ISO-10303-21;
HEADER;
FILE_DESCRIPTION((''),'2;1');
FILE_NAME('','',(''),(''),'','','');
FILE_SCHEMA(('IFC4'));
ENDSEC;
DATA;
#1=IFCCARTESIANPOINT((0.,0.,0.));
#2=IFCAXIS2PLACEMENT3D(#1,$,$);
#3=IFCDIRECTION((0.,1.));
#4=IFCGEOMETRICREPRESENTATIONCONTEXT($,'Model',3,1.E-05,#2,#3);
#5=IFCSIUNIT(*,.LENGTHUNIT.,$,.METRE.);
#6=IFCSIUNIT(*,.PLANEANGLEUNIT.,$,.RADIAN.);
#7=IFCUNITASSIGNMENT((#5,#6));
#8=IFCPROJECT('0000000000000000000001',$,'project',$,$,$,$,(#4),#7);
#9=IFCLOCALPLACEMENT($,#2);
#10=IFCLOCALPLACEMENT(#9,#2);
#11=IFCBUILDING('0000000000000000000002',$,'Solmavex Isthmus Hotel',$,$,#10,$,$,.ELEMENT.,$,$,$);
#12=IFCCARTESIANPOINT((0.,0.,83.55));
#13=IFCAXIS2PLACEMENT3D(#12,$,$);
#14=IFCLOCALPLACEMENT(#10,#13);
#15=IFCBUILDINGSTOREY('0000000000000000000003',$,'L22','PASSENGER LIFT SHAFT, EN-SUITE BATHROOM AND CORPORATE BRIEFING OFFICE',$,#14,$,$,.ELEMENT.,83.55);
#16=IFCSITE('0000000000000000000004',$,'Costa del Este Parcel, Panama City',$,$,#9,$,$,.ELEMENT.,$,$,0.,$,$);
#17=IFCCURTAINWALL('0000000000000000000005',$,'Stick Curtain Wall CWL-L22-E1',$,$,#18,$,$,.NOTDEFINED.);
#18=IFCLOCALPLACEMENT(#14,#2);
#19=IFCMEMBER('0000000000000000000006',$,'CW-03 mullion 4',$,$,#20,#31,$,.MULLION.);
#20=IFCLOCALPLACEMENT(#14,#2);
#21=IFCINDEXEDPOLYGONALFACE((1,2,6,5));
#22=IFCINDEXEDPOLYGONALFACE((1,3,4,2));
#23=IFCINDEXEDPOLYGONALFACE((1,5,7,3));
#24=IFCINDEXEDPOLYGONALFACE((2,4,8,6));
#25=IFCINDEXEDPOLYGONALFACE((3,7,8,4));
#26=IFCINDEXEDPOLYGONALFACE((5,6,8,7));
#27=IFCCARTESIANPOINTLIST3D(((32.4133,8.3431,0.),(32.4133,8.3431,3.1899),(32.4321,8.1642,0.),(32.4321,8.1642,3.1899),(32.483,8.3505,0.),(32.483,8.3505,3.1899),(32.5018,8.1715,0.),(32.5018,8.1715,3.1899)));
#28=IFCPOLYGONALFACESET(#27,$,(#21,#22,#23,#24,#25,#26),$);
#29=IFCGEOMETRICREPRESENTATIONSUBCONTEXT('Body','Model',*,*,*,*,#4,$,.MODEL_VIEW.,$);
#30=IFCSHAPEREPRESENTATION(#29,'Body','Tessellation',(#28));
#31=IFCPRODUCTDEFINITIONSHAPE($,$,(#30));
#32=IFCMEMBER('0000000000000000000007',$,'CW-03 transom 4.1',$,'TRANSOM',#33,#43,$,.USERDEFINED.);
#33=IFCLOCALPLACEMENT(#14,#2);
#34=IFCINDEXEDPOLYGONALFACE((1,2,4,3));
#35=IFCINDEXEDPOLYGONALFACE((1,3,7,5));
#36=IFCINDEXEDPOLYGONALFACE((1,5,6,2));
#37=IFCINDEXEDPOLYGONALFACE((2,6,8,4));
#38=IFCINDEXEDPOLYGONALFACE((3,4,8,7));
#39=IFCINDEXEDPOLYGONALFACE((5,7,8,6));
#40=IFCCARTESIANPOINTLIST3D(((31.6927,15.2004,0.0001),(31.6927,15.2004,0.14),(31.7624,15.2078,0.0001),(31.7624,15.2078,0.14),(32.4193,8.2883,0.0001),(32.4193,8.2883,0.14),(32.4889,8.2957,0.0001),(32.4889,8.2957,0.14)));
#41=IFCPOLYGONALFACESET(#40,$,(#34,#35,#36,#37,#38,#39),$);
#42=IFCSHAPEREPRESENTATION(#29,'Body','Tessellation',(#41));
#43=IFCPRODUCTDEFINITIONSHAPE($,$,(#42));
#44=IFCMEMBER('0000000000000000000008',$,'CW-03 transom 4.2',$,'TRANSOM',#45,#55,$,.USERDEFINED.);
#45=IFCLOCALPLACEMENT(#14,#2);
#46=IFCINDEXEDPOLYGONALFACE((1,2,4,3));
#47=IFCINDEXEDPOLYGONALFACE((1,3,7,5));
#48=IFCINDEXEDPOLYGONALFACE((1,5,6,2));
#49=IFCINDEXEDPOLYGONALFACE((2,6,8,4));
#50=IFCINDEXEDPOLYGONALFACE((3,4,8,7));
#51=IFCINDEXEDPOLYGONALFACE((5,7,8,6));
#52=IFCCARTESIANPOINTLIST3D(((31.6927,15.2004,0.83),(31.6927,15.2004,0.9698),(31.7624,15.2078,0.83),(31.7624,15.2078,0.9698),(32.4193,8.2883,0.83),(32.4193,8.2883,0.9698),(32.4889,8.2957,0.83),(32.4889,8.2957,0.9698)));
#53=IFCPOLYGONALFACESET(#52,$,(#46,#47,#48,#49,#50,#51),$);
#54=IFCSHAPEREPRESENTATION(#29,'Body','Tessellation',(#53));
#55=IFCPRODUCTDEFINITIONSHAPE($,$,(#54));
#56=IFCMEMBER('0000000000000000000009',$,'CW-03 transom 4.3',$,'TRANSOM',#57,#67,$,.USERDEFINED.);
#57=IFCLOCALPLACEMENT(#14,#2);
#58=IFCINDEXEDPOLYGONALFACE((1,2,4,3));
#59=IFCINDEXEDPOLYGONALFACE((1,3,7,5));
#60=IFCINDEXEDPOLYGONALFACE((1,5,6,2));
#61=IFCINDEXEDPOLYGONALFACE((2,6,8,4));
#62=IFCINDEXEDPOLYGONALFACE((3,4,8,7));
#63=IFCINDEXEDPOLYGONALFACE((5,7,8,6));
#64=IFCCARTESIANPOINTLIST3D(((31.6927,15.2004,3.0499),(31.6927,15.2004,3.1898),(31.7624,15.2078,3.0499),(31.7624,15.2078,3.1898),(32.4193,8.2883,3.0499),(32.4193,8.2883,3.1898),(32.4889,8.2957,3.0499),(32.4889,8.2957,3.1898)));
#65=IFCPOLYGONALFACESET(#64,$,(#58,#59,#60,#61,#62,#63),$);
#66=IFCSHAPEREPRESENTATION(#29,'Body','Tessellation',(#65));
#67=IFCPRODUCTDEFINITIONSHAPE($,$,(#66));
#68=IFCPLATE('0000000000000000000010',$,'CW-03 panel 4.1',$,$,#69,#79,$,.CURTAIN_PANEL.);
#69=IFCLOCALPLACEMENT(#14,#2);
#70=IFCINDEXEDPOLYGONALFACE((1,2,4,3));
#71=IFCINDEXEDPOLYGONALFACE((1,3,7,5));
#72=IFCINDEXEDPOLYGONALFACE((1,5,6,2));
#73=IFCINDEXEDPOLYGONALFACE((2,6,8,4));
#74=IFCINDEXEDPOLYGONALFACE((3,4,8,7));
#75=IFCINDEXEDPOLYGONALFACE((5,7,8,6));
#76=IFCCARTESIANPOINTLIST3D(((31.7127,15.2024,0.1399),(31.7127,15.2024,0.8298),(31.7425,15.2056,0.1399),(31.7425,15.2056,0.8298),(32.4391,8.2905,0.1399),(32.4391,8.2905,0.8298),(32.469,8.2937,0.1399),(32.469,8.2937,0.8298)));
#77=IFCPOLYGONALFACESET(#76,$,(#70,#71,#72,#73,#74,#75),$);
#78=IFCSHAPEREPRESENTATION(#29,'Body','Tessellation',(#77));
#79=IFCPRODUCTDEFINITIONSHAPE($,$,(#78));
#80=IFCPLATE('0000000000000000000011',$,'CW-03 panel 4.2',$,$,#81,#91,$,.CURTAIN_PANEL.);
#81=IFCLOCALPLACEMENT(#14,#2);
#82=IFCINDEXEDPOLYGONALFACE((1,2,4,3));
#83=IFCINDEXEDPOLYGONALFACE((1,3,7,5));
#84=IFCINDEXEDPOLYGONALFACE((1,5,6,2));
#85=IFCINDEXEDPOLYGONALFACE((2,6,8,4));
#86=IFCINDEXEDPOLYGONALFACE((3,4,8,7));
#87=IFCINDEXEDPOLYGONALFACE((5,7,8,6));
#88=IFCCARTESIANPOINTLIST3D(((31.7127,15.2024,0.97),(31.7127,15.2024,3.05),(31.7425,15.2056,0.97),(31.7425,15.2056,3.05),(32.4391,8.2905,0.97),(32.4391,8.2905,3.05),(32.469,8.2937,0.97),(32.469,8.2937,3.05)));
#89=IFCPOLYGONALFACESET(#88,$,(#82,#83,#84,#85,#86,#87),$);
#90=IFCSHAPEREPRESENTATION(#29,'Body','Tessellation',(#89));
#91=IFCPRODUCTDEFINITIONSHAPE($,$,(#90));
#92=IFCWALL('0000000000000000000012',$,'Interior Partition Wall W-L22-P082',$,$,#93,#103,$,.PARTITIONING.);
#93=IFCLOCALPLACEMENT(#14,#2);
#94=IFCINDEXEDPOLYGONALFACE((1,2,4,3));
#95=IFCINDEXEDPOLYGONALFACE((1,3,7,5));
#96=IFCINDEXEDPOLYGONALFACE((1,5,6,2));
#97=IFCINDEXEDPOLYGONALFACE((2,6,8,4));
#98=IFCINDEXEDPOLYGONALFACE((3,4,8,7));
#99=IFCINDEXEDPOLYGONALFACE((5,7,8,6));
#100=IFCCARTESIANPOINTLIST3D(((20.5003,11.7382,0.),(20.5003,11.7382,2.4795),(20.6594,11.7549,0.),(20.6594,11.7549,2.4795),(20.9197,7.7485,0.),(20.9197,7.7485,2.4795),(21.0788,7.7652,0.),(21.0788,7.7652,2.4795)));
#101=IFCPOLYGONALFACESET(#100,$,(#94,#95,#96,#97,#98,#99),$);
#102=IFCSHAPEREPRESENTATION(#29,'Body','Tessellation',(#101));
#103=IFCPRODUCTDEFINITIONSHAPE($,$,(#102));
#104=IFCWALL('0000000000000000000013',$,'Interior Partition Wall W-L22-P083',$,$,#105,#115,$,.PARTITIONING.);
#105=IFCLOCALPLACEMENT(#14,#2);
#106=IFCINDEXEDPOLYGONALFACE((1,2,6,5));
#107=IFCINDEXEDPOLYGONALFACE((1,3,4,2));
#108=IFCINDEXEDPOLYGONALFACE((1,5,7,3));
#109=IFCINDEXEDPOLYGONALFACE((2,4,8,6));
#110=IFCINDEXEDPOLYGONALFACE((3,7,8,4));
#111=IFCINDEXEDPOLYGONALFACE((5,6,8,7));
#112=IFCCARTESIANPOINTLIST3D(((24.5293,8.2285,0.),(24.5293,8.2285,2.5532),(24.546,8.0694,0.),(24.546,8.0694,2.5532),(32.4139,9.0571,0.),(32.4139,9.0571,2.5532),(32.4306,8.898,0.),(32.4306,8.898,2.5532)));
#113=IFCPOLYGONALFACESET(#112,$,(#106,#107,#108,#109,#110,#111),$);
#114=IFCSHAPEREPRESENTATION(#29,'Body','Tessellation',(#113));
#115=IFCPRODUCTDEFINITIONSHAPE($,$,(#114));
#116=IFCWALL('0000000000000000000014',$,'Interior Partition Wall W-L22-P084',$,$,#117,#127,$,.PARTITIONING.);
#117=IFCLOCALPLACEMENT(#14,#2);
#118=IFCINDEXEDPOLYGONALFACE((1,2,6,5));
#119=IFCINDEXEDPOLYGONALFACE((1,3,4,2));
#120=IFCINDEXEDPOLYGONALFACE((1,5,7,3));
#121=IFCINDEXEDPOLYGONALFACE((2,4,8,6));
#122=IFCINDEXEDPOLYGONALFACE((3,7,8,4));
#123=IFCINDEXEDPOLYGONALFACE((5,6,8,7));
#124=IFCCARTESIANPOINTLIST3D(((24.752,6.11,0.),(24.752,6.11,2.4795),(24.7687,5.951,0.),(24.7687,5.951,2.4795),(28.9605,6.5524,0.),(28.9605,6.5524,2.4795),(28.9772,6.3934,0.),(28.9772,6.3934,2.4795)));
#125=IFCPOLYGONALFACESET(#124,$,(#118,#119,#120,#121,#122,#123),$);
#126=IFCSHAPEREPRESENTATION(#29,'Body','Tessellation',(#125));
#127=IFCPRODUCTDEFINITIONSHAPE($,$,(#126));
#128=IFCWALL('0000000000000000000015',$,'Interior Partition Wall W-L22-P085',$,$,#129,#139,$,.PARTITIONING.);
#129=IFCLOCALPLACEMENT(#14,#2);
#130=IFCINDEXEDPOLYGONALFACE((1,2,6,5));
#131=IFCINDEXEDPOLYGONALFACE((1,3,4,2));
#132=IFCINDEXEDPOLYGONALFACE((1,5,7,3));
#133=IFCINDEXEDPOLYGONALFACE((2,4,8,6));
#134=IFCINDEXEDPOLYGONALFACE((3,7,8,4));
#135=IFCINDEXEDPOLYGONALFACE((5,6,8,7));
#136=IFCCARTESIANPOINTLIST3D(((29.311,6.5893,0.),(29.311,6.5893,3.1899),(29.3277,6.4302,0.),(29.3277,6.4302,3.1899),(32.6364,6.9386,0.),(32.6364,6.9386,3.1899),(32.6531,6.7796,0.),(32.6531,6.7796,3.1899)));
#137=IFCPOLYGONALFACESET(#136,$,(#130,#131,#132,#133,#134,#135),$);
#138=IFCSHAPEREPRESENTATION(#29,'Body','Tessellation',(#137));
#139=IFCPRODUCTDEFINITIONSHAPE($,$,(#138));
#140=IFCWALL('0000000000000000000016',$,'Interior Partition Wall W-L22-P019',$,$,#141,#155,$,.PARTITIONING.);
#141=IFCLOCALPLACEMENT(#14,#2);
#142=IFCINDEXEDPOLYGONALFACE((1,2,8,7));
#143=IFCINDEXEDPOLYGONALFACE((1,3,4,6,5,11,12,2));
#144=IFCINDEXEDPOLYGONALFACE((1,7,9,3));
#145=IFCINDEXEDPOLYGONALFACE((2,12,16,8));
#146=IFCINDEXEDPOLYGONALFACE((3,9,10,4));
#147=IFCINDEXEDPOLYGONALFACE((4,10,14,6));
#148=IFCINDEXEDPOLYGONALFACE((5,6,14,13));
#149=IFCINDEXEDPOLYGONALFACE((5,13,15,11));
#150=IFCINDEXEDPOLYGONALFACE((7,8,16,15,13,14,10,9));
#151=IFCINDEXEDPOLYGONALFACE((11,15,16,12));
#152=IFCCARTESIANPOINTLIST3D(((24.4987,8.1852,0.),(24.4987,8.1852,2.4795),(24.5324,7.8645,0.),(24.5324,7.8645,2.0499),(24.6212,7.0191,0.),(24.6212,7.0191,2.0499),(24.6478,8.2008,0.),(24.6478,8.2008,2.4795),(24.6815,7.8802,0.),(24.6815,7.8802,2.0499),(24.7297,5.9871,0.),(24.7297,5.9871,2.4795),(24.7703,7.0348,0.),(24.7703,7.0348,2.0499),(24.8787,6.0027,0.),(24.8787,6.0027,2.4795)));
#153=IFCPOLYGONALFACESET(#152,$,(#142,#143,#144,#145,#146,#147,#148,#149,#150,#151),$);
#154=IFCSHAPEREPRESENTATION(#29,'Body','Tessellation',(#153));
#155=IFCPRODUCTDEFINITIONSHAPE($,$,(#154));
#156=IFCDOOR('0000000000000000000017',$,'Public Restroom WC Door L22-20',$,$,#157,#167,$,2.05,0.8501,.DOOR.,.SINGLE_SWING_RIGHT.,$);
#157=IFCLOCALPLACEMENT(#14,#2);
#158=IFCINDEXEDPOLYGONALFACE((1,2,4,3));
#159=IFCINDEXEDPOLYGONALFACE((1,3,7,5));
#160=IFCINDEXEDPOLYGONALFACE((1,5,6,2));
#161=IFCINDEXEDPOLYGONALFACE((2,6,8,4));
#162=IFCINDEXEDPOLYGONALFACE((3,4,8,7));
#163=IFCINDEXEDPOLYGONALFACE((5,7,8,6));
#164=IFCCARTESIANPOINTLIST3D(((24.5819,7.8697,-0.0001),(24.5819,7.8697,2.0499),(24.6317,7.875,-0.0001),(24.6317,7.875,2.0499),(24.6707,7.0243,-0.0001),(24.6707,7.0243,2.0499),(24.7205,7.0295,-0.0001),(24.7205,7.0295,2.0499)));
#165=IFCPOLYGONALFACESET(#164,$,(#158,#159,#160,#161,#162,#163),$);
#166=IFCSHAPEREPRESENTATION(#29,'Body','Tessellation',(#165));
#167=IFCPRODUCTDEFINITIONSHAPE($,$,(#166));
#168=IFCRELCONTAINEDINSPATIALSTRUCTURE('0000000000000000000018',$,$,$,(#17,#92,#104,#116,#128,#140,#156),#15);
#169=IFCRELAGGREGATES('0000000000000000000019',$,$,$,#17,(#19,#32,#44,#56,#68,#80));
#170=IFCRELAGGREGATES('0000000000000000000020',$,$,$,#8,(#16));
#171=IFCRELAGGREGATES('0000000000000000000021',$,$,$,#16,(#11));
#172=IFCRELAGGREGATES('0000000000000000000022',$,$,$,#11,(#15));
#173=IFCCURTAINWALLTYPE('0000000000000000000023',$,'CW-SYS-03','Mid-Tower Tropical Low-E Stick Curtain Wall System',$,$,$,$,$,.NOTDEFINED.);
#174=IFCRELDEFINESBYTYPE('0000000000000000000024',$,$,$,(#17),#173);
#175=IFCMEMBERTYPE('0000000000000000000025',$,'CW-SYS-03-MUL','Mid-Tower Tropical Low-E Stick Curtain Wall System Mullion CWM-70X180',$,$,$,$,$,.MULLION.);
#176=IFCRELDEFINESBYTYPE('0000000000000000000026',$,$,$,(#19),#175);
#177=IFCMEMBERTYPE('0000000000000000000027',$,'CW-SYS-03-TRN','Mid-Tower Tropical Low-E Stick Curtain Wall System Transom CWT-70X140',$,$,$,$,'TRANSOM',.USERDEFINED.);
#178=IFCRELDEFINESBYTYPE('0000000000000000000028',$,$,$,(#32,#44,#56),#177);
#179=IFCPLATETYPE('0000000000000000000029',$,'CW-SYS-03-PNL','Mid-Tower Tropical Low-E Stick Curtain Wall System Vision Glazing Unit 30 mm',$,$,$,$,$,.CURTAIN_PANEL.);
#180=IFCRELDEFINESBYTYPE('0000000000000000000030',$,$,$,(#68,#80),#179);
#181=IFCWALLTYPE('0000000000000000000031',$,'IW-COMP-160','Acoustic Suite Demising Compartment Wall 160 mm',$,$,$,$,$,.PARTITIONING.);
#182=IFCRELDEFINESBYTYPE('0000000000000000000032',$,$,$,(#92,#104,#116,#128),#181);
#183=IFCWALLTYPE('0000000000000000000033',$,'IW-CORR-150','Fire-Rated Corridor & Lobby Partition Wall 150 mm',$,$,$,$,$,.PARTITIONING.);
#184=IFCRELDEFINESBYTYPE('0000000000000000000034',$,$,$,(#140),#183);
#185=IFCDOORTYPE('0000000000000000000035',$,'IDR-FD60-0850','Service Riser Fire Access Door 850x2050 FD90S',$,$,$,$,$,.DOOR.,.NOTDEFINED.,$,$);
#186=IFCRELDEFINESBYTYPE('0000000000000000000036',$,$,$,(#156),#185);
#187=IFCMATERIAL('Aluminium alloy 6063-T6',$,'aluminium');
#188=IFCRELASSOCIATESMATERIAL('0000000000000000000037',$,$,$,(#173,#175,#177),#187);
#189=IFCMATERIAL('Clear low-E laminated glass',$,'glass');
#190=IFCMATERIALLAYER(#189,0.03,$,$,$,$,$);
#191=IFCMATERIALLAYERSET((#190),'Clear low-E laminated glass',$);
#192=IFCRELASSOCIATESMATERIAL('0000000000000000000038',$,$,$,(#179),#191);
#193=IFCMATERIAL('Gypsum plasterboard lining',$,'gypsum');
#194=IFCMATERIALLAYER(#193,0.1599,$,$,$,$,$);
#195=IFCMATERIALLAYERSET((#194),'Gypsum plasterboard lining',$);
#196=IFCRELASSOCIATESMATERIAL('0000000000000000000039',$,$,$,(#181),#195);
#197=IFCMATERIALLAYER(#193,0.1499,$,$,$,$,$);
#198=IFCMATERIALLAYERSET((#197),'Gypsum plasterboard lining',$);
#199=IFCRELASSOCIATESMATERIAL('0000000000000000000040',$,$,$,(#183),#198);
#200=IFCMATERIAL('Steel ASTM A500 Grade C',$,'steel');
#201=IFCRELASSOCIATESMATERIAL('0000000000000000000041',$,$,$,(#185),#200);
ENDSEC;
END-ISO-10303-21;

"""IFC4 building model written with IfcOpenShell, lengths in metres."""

from ifc_helpers import new_model, si_unit, direction, frame, frame_2d, origin, origin_2d, place, context, subcontext, project, spatial, rectangle, extrude, material, layer, layer_set, material_profile, profile_set, type_object, element, fill, aggregate, save


model = new_model("IFC4")

# Units and contexts
model_context = context("Model", 3, precision=1e-05, world=origin(), true_north=direction((0.0, 1.0)))
body_context = subcontext(model_context, "Body", "Model", "MODEL_VIEW")
ifc_project = project(units=[si_unit("LENGTHUNIT", "METRE"), si_unit("PLANEANGLEUNIT", "RADIAN")], contexts=[model_context])

# Site, building, storey
site_placement = place(None, origin())
site = spatial("IfcSite", under=ifc_project, at=site_placement, Name="Costa del Este Parcel, Panama City", CompositionType="ELEMENT", RefElevation=0.0)
building_placement = place(site_placement, origin())
building = spatial("IfcBuilding", under=site, at=building_placement, Name="Solmavex Isthmus Hotel", CompositionType="ELEMENT")
storey_placement = place(building_placement, frame((0.0, 0.0, 83.55)))
storey = spatial("IfcBuildingStorey", under=building, at=storey_placement, Name="L22", Description="PASSENGER LIFT SHAFT, EN-SUITE BATHROOM AND CORPORATE BRIEFING OFFICE", CompositionType="ELEMENT", Elevation=83.55)

# Curtain wall, members, plates
ifc_material_1 = material(Name="Aluminium alloy 6063-T6", Category="aluminium")
curtain_wall_type = type_object("IfcCurtainWallType", Name="CW-SYS-03", Description="Mid-Tower Tropical Low-E Stick Curtain Wall System", PredefinedType="NOTDEFINED", material=ifc_material_1)
curtain_wall_placement = place(storey_placement, origin())
curtain_wall = element("IfcCurtainWall", 1, at=curtain_wall_placement, inside=storey, type_object=curtain_wall_type, Name="Stick Curtain Wall CWL-L22-E1", PredefinedType="NOTDEFINED")
ifc_material_profile_1 = material_profile(ifc_material_1, rectangle(XDim=0.0701, YDim=0.1799, at=origin_2d()), Name="CWM-70X180")
ifc_profile_set_1 = profile_set([ifc_material_profile_1], Name="Aluminium alloy 6063-T6")
member_type_1 = type_object("IfcMemberType", Name="CW-SYS-03-MUL", Description="Mid-Tower Tropical Low-E Stick Curtain Wall System Mullion CWM-70X180", PredefinedType="MULLION", material=ifc_profile_set_1)
member_1_placement = place(storey_placement, frame((32.4575, 8.2573, 0.0), z_axis=(0.0, 0.0, 1.0), x_axis=(-0.994522, -0.104528, 0.0)))
member_1 = element("IfcMember", 2, at=member_1_placement, type_object=member_type_1, Name="CW-03 mullion 4", PredefinedType="MULLION", context=body_context, shape_type="SweptSolid", body=[
    extrude(rectangle(XDim=0.0701, YDim=0.1799, at=origin_2d()), origin(), (0.0, 0.0, 1.0), 3.1899),
])
ifc_material_profile_2 = material_profile(ifc_material_1, rectangle(XDim=0.0701, YDim=0.1399, at=origin_2d()), Name="CWT-70X140")
ifc_profile_set_2 = profile_set([ifc_material_profile_2], Name="Aluminium alloy 6063-T6")
member_type_2 = type_object("IfcMemberType", Name="CW-SYS-03-TRN", Description="Mid-Tower Tropical Low-E Stick Curtain Wall System Transom CWT-70X140", ElementType="TRANSOM", PredefinedType="USERDEFINED", material=ifc_profile_set_2)
member_2_placement = place(storey_placement, frame((32.4541, 8.292, 0.0701), z_axis=(-0.104539, 0.994521, 0.0), x_axis=(-0.994521, -0.104539, 0.0)))
member_2 = element("IfcMember", 3, at=member_2_placement, type_object=member_type_2, Name="CW-03 transom 4.1", ObjectType="TRANSOM", PredefinedType="USERDEFINED", context=body_context, shape_type="SweptSolid", body=[
    extrude(rectangle(XDim=0.0701, YDim=0.1399, at=origin_2d()), origin(), (0.0, 0.0, 1.0), 6.9502),
])
member_3_placement = place(storey_placement, frame((32.4541, 8.292, 0.8999), z_axis=(-0.104539, 0.994521, 0.0), x_axis=(-0.994521, -0.104539, 0.0)))
member_3 = element("IfcMember", 4, at=member_3_placement, type_object=member_type_2, Name="CW-03 transom 4.2", ObjectType="TRANSOM", PredefinedType="USERDEFINED", context=body_context, shape_type="SweptSolid", body=[
    extrude(rectangle(XDim=0.0701, YDim=0.1399, at=origin_2d()), origin(), (0.0, 0.0, 1.0), 6.9502),
])
member_4_placement = place(storey_placement, frame((32.4541, 8.292, 3.1199), z_axis=(-0.104539, 0.994521, 0.0), x_axis=(-0.994521, -0.104539, 0.0)))
member_4 = element("IfcMember", 5, at=member_4_placement, type_object=member_type_2, Name="CW-03 transom 4.3", ObjectType="TRANSOM", PredefinedType="USERDEFINED", context=body_context, shape_type="SweptSolid", body=[
    extrude(rectangle(XDim=0.0701, YDim=0.1399, at=origin_2d()), origin(), (0.0, 0.0, 1.0), 6.9502),
])
ifc_material_2 = material(Name="Clear low-E laminated glass", Category="glass")
ifc_layer_1 = layer(ifc_material_2, 0.03)
ifc_layer_set_1 = layer_set([ifc_layer_1], Name="Clear low-E laminated glass")
plate_type = type_object("IfcPlateType", Name="CW-SYS-03-PNL", Description="Mid-Tower Tropical Low-E Stick Curtain Wall System Vision Glazing Unit 30 mm", PredefinedType="CURTAIN_PANEL", material=ifc_layer_set_1)
plate_1_placement = place(storey_placement, frame((32.0908, 11.748, 0.1399), z_axis=(0.0, 0.0, 1.0), x_axis=(-0.104528, 0.994522, 0.0)))
plate_1 = element("IfcPlate", 6, at=plate_1_placement, type_object=plate_type, Name="CW-03 panel 4.1", PredefinedType="CURTAIN_PANEL", context=body_context, shape_type="SweptSolid", body=[
    extrude(rectangle(XDim=6.95, YDim=0.03, at=origin_2d()), origin(), (0.0, 0.0, 1.0), 0.6899),
])
plate_2_placement = place(storey_placement, frame((32.0908, 11.748, 0.97), z_axis=(0.0, 0.0, 1.0), x_axis=(-0.104528, 0.994522, 0.0)))
plate_2 = element("IfcPlate", 7, at=plate_2_placement, type_object=plate_type, Name="CW-03 panel 4.2", PredefinedType="CURTAIN_PANEL", context=body_context, shape_type="SweptSolid", body=[
    extrude(rectangle(XDim=6.95, YDim=0.03, at=origin_2d()), origin(), (0.0, 0.0, 1.0), 2.0801),
])
aggregate(curtain_wall, [member_1, member_2, member_3, member_4, plate_1, plate_2])

# Walls
ifc_material_3 = material(Name="Gypsum plasterboard lining", Category="gypsum")
ifc_layer_2 = layer(ifc_material_3, 0.1599)
ifc_layer_set_2 = layer_set([ifc_layer_2], Name="Gypsum plasterboard lining")
wall_type_1 = type_object("IfcWallType", Name="IW-COMP-160", Description="Acoustic Suite Demising Compartment Wall 160 mm", PredefinedType="PARTITIONING", material=ifc_layer_set_2)
wall_1_placement = place(storey_placement, frame((20.5798, 11.7466, 0.0), z_axis=(0.0, 0.0, 1.0), x_axis=(0.104552, -0.994519, 0.0)))
element("IfcWall", 8, at=wall_1_placement, inside=storey, type_object=wall_type_1, Name="Interior Partition Wall W-L22-P082", PredefinedType="PARTITIONING", context=body_context, shape_type="SweptSolid", body=[
    extrude(rectangle(XDim=4.0117, YDim=0.1599, at=frame_2d((2.0059, 0.0))), origin(), (0.0, 0.0, 1.0), 2.4795),
])
wall_2_placement = place(storey_placement, frame((32.4221, 8.9775, 0.0), z_axis=(0.0, 0.0, 1.0), x_axis=(-0.994523, -0.104518, 0.0)))
element("IfcWall", 9, at=wall_2_placement, inside=storey, type_object=wall_type_1, Name="Interior Partition Wall W-L22-P083", PredefinedType="PARTITIONING", context=body_context, shape_type="SweptSolid", body=[
    extrude(rectangle(XDim=7.928, YDim=0.1599, at=frame_2d((3.9639, 0.0))), origin(), (0.0, 0.0, 1.0), 2.5532),
])
wall_3_placement = place(storey_placement, frame((28.9688, 6.4729, 0.0), z_axis=(0.0, 0.0, 1.0), x_axis=(-0.994521, -0.104541, 0.0)))
element("IfcWall", 10, at=wall_3_placement, inside=storey, type_object=wall_type_1, Name="Interior Partition Wall W-L22-P084", PredefinedType="PARTITIONING", context=body_context, shape_type="SweptSolid", body=[
    extrude(rectangle(XDim=4.2317, YDim=0.1599, at=frame_2d((2.1157, 0.0))), origin(), (0.0, 0.0, 1.0), 2.4795),
])
wall_4_placement = place(storey_placement, frame((32.6448, 6.8591, 0.0), z_axis=(0.0, 0.0, 1.0), x_axis=(-0.994527, -0.104483, 0.0)))
element("IfcWall", 11, at=wall_4_placement, inside=storey, type_object=wall_type_1, Name="Interior Partition Wall W-L22-P085", PredefinedType="PARTITIONING", context=body_context, shape_type="SweptSolid", body=[
    extrude(rectangle(XDim=3.3438, YDim=0.1599, at=frame_2d((1.6719, 0.0))), origin(), (0.0, 0.0, 1.0), 3.1899),
])

# Wall, opening, door
ifc_layer_3 = layer(ifc_material_3, 0.1499)
ifc_layer_set_3 = layer_set([ifc_layer_3], Name="Gypsum plasterboard lining")
wall_type_2 = type_object("IfcWallType", Name="IW-CORR-150", Description="Fire-Rated Corridor & Lobby Partition Wall 150 mm", PredefinedType="PARTITIONING", material=ifc_layer_set_3)
wall_5_placement = place(storey_placement, frame((24.5732, 8.1929, 0.0), z_axis=(0.0, 0.0, 1.0), x_axis=(0.104501, -0.994525, 0.0)))
wall_5 = element("IfcWall", 12, at=wall_5_placement, inside=storey, type_object=wall_type_2, Name="Interior Partition Wall W-L22-P019", PredefinedType="PARTITIONING", context=body_context, shape_type="SweptSolid", body=[
    extrude(rectangle(XDim=2.2102, YDim=0.1499, at=frame_2d((1.105, 0.0))), origin(), (0.0, 0.0, 1.0), 2.4795),
])
opening_1_placement = place(wall_5_placement, frame((0.3223, 0.0, 0.0)))
opening_1 = element("IfcOpeningElement", 13, at=opening_1_placement, cuts=wall_5, PredefinedType="OPENING", context=body_context, shape_type="SweptSolid", body=[
    extrude(rectangle(XDim=0.8501, YDim=2.05, at=frame_2d((0.425, 1.0249))), frame((0.0, 0.085, 0.0), z_axis=(0.0, -1.0, 0.0), x_axis=(1.0, 0.0, 0.0)), (0.0, 0.0, 1.0), 0.1699),
])
ifc_material_4 = material(Name="Steel ASTM A500 Grade C", Category="steel")
door_type_1 = type_object("IfcDoorType", Name="IDR-FD60-0850", Description="Service Riser Fire Access Door 850x2050 FD90S", OperationType="NOTDEFINED", PredefinedType="DOOR", material=ifc_material_4)
door_1_placement = place(opening_1_placement, origin())
door_1 = element("IfcDoor", 14, at=door_1_placement, inside=storey, type_object=door_type_1, Name="Public Restroom WC Door L22-20", OperationType="SINGLE_SWING_RIGHT", OverallHeight=2.05, OverallWidth=0.8501, PredefinedType="DOOR", context=body_context, shape_type="SweptSolid", body=[
    extrude(rectangle(XDim=0.8501, YDim=2.05, at=frame_2d((0.425, 1.0249))), frame((0.0, 0.0249, 0.0), z_axis=(0.0, -1.0, 0.0), x_axis=(1.0, 0.0, 0.0)), (0.0, 0.0, 1.0), 0.05),
])
fill(opening_1, door_1)

save(model, "model.ifc")
